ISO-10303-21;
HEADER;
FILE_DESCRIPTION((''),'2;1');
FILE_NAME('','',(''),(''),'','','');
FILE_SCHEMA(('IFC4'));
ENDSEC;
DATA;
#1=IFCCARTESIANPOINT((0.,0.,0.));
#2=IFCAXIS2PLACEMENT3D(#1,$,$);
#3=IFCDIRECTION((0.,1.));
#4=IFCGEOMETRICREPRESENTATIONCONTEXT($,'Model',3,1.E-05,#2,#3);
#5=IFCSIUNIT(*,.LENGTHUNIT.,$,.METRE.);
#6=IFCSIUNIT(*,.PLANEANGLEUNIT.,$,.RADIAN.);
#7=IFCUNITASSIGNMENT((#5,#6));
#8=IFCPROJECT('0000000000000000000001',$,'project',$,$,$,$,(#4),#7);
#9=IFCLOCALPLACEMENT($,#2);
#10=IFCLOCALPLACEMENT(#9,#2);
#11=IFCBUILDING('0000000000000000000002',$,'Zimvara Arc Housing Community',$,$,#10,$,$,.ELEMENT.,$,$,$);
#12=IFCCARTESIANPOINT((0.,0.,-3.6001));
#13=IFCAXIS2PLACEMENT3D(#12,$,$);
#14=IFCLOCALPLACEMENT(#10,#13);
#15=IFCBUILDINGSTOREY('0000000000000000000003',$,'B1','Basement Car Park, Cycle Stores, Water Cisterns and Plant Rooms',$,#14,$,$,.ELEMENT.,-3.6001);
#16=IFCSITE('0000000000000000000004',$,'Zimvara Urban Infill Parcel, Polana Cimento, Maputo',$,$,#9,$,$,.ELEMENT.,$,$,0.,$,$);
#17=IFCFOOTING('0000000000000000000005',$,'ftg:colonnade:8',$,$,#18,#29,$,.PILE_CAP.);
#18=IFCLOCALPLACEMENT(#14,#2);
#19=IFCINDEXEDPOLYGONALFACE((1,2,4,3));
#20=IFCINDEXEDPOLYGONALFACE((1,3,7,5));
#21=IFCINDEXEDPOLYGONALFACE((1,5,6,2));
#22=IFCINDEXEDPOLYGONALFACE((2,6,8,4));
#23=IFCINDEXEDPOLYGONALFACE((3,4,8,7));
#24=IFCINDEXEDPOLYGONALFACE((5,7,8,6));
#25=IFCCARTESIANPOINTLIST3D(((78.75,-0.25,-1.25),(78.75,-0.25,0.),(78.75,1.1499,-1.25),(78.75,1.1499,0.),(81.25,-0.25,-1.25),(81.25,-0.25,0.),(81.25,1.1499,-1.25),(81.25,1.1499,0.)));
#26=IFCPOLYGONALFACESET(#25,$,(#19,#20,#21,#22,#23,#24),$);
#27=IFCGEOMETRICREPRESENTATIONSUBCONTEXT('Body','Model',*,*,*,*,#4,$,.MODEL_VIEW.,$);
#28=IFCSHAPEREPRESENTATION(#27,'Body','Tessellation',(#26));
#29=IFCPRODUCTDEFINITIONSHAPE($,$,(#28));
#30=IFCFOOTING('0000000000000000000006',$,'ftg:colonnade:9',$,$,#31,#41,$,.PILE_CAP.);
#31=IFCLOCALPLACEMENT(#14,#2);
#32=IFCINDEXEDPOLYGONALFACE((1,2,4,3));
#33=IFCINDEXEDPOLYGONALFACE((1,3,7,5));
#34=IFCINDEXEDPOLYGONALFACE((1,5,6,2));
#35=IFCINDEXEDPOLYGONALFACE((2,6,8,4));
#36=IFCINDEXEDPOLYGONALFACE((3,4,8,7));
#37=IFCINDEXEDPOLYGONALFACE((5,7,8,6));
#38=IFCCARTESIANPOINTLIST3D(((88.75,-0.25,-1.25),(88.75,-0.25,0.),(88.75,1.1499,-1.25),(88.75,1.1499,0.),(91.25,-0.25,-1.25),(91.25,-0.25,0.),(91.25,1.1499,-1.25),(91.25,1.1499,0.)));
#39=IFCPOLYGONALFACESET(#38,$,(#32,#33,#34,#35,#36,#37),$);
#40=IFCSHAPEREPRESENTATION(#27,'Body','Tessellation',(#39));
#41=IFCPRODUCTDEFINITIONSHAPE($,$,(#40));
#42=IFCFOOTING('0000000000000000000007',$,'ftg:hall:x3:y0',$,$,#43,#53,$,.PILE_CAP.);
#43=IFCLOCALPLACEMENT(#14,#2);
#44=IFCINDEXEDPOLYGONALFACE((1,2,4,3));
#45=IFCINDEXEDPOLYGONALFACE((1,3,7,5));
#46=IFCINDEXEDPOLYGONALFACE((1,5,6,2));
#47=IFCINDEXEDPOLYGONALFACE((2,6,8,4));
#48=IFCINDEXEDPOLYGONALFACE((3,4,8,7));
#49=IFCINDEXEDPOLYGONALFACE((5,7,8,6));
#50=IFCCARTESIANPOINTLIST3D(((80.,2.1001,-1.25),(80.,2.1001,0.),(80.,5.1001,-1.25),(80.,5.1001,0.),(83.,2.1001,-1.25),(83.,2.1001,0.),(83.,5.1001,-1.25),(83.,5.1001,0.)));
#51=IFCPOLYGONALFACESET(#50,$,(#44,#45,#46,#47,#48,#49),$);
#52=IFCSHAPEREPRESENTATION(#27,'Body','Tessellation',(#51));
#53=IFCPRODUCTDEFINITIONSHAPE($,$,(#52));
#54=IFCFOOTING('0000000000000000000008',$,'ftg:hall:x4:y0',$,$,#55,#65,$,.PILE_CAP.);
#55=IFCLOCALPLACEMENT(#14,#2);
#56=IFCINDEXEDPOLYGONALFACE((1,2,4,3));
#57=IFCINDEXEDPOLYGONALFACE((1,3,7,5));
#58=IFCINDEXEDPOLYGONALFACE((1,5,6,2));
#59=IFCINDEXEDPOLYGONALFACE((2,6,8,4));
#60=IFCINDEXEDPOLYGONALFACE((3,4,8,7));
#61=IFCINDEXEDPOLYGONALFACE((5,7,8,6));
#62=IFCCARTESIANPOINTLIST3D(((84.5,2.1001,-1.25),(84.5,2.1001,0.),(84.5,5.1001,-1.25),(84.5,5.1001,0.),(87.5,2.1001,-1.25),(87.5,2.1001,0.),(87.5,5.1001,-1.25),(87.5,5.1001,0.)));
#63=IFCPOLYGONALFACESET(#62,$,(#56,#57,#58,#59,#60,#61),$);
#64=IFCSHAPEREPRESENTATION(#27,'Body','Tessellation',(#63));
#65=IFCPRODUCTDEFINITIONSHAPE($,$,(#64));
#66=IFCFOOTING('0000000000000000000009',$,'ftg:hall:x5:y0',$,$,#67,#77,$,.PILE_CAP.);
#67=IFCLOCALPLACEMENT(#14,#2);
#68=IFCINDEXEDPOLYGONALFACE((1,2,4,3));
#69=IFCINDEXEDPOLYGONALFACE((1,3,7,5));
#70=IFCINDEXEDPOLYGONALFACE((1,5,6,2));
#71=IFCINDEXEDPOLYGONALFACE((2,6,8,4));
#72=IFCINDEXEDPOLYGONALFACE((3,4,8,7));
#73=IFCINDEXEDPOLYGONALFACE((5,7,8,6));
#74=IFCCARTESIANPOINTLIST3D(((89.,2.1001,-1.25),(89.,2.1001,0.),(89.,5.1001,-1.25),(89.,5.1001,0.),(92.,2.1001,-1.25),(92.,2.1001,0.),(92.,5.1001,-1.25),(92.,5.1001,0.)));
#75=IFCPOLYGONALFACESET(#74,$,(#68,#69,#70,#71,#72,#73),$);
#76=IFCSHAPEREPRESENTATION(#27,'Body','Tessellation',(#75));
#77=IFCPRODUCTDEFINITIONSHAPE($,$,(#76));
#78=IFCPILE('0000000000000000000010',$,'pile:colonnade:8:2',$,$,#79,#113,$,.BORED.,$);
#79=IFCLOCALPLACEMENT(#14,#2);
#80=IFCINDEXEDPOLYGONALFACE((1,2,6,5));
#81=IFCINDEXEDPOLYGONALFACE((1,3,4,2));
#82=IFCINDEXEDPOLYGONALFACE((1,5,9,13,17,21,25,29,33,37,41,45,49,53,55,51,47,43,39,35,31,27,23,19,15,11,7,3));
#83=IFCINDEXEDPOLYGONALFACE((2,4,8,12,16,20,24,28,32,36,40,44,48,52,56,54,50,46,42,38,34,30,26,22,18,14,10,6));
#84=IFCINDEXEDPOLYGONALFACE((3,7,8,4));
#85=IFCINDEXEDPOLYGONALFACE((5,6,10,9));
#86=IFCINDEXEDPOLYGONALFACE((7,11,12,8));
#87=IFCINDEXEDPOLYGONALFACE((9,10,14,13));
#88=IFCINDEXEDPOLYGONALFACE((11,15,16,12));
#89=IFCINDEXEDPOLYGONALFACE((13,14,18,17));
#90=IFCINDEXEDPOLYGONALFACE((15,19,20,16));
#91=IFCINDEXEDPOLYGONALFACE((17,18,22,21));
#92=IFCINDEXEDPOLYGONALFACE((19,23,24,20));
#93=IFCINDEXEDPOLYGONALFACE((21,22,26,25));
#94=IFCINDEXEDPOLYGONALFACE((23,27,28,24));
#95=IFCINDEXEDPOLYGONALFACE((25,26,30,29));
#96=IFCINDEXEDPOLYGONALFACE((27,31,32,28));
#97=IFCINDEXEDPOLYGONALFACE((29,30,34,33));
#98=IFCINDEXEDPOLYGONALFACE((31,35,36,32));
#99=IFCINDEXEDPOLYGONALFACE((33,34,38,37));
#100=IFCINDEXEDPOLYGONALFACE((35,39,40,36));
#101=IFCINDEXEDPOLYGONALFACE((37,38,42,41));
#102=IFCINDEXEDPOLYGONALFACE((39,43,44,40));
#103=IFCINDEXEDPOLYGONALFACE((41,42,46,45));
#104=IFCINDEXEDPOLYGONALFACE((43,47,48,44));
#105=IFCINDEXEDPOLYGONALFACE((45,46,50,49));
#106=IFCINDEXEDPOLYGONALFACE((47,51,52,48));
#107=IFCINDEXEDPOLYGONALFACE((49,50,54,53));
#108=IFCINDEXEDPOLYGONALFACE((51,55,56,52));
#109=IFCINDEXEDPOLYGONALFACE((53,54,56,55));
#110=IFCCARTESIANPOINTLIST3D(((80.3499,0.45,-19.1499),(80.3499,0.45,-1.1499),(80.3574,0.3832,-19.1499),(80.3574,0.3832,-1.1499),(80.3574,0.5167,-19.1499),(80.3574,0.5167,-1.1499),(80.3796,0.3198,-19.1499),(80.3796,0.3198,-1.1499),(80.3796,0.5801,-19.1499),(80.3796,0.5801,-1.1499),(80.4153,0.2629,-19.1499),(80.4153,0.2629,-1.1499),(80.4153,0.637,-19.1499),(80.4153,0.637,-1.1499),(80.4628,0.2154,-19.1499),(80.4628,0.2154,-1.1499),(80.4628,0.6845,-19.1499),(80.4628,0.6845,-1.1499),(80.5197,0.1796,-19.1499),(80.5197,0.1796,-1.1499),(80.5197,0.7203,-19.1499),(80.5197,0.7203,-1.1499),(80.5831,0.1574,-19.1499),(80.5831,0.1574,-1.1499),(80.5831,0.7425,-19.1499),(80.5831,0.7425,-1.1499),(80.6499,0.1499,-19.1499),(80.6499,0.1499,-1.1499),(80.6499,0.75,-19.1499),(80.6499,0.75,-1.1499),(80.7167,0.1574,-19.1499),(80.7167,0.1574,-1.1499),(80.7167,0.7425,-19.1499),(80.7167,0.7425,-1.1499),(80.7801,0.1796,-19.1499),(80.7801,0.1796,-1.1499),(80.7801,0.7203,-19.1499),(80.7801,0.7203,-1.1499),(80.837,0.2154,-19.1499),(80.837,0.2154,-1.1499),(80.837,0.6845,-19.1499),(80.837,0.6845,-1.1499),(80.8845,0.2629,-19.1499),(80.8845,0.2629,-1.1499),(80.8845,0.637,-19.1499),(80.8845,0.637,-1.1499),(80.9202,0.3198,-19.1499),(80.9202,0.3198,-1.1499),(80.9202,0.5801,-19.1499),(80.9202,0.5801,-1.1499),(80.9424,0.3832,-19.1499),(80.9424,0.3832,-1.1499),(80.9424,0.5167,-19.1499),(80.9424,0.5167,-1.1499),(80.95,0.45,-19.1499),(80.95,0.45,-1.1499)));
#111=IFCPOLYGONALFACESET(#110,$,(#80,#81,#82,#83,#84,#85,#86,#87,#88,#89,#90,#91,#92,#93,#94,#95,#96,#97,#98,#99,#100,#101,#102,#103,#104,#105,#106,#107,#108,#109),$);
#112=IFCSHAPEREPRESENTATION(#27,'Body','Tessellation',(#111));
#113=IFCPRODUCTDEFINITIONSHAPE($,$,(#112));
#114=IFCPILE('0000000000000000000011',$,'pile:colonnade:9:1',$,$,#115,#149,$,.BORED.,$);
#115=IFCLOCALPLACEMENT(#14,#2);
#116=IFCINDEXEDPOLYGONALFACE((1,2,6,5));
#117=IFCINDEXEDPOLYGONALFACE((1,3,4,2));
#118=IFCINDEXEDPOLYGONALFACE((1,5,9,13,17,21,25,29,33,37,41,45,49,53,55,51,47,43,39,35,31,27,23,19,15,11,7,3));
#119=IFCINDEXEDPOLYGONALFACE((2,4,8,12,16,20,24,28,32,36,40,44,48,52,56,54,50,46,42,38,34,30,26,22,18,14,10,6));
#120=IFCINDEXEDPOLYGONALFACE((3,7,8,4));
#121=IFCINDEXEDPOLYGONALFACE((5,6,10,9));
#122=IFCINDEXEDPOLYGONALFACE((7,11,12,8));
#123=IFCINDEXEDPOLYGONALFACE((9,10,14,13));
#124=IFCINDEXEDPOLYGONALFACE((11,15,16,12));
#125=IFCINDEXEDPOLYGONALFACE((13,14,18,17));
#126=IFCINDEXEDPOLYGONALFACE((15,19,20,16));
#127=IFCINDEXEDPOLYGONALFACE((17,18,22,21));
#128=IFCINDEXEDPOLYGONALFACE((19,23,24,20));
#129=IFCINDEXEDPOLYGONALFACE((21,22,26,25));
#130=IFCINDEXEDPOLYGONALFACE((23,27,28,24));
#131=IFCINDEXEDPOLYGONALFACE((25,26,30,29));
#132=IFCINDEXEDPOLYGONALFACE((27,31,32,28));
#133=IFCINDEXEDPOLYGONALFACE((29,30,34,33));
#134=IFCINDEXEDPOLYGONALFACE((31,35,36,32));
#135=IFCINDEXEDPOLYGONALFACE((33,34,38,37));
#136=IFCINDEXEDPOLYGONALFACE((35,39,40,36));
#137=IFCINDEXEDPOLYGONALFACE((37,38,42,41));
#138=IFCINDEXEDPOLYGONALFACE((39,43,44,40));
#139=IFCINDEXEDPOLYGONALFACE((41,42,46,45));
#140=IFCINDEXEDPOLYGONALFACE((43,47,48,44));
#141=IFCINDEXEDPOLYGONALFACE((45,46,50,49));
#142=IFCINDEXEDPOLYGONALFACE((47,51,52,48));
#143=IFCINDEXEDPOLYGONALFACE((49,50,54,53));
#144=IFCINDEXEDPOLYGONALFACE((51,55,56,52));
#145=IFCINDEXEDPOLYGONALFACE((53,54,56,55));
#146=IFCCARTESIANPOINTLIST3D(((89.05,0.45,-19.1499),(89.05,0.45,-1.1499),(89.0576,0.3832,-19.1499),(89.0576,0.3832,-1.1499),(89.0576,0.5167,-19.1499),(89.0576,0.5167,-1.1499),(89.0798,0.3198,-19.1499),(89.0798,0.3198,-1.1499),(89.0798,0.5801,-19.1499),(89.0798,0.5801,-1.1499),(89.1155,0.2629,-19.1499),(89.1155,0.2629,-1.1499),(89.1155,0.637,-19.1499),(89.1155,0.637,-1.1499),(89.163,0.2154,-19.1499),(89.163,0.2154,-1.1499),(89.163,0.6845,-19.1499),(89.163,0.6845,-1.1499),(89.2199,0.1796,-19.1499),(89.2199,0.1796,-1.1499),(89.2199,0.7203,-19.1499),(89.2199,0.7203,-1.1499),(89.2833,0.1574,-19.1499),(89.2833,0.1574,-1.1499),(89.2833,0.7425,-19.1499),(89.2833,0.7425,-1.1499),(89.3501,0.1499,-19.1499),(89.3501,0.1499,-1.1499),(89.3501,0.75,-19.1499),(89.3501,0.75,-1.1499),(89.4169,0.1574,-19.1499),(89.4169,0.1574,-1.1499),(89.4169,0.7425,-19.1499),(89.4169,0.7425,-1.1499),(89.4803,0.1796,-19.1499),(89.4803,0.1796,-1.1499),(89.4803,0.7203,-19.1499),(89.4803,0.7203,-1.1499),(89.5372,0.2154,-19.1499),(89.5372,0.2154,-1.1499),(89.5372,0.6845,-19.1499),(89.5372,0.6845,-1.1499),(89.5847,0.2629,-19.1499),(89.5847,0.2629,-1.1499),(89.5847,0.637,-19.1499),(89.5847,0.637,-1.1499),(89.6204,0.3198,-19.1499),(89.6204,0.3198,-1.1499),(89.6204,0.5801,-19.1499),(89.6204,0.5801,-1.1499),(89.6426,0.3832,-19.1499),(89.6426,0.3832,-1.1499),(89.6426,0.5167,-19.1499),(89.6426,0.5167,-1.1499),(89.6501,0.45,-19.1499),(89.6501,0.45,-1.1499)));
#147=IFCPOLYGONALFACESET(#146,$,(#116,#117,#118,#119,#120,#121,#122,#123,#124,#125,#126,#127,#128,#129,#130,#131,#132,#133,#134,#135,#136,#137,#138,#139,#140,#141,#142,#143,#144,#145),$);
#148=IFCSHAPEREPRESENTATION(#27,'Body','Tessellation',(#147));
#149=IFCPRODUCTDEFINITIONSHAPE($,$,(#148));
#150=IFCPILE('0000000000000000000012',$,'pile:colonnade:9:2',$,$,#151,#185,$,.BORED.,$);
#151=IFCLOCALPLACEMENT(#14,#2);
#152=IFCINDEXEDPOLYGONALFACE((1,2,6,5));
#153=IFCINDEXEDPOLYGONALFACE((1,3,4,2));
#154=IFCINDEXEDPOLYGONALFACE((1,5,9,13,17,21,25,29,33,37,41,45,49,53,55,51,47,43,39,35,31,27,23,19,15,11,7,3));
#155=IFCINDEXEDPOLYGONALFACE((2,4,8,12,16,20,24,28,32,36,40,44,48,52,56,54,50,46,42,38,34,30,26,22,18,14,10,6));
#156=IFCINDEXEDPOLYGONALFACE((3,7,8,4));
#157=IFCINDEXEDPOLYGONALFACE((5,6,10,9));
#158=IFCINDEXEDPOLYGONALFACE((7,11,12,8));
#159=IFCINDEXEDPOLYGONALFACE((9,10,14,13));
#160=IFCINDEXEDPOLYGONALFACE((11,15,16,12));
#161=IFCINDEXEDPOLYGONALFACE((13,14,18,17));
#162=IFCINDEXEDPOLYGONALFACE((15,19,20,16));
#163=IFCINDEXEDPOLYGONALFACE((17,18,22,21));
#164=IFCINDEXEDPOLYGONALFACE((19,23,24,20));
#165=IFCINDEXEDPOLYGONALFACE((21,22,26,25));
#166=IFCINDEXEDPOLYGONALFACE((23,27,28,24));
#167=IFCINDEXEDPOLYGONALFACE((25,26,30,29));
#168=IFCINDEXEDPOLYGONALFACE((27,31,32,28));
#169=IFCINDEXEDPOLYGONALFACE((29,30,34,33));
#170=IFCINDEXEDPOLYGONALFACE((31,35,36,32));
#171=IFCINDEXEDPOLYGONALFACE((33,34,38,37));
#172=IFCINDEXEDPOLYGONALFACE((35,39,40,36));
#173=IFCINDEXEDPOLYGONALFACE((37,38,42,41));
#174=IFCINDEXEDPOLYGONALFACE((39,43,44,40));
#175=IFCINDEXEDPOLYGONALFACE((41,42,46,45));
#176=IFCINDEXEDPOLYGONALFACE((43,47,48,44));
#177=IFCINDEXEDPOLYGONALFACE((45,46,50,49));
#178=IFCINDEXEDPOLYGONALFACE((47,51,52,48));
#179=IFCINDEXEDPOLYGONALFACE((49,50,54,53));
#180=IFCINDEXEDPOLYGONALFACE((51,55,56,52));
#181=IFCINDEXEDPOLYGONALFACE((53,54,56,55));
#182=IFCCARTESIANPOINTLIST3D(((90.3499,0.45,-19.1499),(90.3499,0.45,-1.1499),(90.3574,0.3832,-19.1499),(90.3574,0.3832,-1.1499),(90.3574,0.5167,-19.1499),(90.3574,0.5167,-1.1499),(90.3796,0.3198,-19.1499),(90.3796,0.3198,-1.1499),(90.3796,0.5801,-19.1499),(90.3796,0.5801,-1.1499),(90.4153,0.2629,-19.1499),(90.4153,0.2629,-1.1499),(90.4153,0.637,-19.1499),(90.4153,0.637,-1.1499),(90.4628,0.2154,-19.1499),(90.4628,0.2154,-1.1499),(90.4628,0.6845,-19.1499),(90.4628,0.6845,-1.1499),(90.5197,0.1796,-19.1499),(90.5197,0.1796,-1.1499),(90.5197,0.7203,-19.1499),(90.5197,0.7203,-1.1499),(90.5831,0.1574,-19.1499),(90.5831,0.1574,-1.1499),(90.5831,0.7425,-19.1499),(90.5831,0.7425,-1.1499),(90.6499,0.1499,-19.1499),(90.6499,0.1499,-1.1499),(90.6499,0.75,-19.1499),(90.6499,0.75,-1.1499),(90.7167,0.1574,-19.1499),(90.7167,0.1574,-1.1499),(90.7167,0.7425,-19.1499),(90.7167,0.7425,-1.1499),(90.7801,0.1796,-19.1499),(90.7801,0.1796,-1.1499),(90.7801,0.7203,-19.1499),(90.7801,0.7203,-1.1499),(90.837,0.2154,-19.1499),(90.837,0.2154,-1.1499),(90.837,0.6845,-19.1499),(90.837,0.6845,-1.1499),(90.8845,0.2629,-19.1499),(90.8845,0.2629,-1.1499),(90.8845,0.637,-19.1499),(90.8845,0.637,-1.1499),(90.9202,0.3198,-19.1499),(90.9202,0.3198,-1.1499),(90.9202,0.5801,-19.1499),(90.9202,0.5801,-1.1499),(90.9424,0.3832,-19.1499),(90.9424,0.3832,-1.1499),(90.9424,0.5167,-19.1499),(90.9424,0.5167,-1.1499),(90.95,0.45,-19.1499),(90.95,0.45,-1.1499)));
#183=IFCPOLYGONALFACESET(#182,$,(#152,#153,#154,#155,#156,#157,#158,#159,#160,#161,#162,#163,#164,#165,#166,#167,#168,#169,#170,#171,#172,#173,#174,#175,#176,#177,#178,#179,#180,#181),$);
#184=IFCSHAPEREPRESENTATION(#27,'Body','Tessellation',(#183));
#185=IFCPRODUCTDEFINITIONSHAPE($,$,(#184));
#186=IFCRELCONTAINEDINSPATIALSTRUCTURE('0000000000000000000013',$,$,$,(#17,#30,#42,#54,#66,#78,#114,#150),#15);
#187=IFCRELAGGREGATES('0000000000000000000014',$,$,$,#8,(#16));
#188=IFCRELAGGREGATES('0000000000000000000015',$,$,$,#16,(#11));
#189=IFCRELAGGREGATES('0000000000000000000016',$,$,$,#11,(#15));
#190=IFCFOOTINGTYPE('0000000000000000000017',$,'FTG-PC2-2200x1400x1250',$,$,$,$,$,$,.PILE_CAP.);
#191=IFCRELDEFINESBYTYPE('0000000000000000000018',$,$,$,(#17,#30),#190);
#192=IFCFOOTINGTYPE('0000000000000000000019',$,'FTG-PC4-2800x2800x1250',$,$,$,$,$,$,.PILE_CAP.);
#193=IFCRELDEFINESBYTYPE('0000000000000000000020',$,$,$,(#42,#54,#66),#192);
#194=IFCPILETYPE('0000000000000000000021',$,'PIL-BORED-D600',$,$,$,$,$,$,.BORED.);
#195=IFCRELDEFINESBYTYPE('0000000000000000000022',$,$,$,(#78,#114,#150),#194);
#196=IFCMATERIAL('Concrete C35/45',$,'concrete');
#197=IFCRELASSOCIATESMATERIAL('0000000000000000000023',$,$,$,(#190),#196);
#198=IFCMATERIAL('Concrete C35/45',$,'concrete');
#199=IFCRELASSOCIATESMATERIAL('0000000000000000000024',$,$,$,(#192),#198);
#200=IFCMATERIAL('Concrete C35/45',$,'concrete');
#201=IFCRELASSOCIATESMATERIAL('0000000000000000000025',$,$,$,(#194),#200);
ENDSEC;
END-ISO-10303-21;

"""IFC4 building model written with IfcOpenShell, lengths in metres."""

from ifc_helpers import new_model, si_unit, direction, frame, origin, origin_2d, place, context, subcontext, project, spatial, rectangle, circle, extrude, material, material_profile, profile_set, type_object, element, save


model = new_model("IFC4")

# Units and contexts
model_context = context("Model", 3, precision=1e-05, world=origin(), true_north=direction((0.0, 1.0)))
body_context = subcontext(model_context, "Body", "Model", "MODEL_VIEW")
ifc_project = project(units=[si_unit("LENGTHUNIT", "METRE"), si_unit("PLANEANGLEUNIT", "RADIAN")], contexts=[model_context])

# Site, building, storey
site_placement = place(None, origin())
site = spatial("IfcSite", under=ifc_project, at=site_placement, Name="Zimvara Urban Infill Parcel, Polana Cimento, Maputo", CompositionType="ELEMENT", RefElevation=0.0)
building_placement = place(site_placement, origin())
building = spatial("IfcBuilding", under=site, at=building_placement, Name="Zimvara Arc Housing Community", CompositionType="ELEMENT")
storey_placement = place(building_placement, frame((0.0, 0.0, -3.6001)))
storey = spatial("IfcBuildingStorey", under=building, at=storey_placement, Name="B1", Description="Basement Car Park, Cycle Stores, Water Cisterns and Plant Rooms", CompositionType="ELEMENT", Elevation=-3.6001)

# Footings
ifc_material_1 = material(Name="Concrete C35/45", Category="concrete")
footing_type_1 = type_object("IfcFootingType", Name="FTG-PC2-2200x1400x1250", PredefinedType="PILE_CAP", material=ifc_material_1)
for number, where, z_axis, x_axis, name in (
    (1, (80.0, 0.45, -1.25), (0.0, 0.0, 1.0), (1.0, 0.0, 0.0), "ftg:colonnade:8"),
    (2, (90.0, 0.45, -1.25), (0.0, 0.0, 1.0), (1.0, 0.0, 0.0), "ftg:colonnade:9"),
):
    element("IfcFooting", number, at=place(storey_placement, frame(where, z_axis=z_axis, x_axis=x_axis)), inside=storey, type_object=footing_type_1, Name=name, PredefinedType="PILE_CAP", context=body_context, shape_type="SweptSolid", body=[
        extrude(rectangle(XDim=2.5, YDim=1.3999, at=origin_2d()), origin(), (0.0, 0.0, 1.0), 1.25),
    ])
ifc_material_2 = material(Name="Concrete C35/45", Category="concrete")
footing_type_2 = type_object("IfcFootingType", Name="FTG-PC4-2800x2800x1250", PredefinedType="PILE_CAP", material=ifc_material_2)
for number, where, z_axis, x_axis, name in (
    (3, (81.5, 3.6001, -1.25), (0.0, 0.0, 1.0), (1.0, 0.0, 0.0), "ftg:hall:x3:y0"),
    (4, (86.0, 3.6001, -1.25), (0.0, 0.0, 1.0), (1.0, 0.0, 0.0), "ftg:hall:x4:y0"),
    (5, (90.5, 3.6001, -1.25), (0.0, 0.0, 1.0), (1.0, 0.0, 0.0), "ftg:hall:x5:y0"),
):
    element("IfcFooting", number, at=place(storey_placement, frame(where, z_axis=z_axis, x_axis=x_axis)), inside=storey, type_object=footing_type_2, Name=name, PredefinedType="PILE_CAP", context=body_context, shape_type="SweptSolid", body=[
        extrude(rectangle(XDim=3.0, YDim=3.0, at=origin_2d()), origin(), (0.0, 0.0, 1.0), 1.25),
    ])

# Piles
ifc_material_3 = material(Name="Concrete C35/45", Category="concrete")
ifc_material_profile_1 = material_profile(ifc_material_3, circle(Radius=0.3, at=origin_2d()), Name="PILE D600")
ifc_profile_set_1 = profile_set([ifc_material_profile_1], Name="Concrete C35/45")
pile_type_1 = type_object("IfcPileType", Name="PIL-BORED-D600", PredefinedType="BORED", material=ifc_profile_set_1)
for number, where, z_axis, x_axis, name in (
    (6, (80.6499, 0.45, -1.1499), (0.0, 0.0, -1.0), (1.0, 0.0, 0.0), "pile:colonnade:8:2"),
    (7, (89.3501, 0.45, -1.1499), (0.0, 0.0, -1.0), (1.0, 0.0, 0.0), "pile:colonnade:9:1"),
    (8, (90.6499, 0.45, -1.1499), (0.0, 0.0, -1.0), (1.0, 0.0, 0.0), "pile:colonnade:9:2"),
):
    element("IfcPile", number, at=place(storey_placement, frame(where, z_axis=z_axis, x_axis=x_axis)), inside=storey, type_object=pile_type_1, Name=name, PredefinedType="BORED", context=body_context, shape_type="SweptSolid", body=[
        extrude(circle(Radius=0.3, at=origin_2d()), origin(), (0.0, 0.0, 1.0), 18.0),
    ])

save(model, "model.ifc")
